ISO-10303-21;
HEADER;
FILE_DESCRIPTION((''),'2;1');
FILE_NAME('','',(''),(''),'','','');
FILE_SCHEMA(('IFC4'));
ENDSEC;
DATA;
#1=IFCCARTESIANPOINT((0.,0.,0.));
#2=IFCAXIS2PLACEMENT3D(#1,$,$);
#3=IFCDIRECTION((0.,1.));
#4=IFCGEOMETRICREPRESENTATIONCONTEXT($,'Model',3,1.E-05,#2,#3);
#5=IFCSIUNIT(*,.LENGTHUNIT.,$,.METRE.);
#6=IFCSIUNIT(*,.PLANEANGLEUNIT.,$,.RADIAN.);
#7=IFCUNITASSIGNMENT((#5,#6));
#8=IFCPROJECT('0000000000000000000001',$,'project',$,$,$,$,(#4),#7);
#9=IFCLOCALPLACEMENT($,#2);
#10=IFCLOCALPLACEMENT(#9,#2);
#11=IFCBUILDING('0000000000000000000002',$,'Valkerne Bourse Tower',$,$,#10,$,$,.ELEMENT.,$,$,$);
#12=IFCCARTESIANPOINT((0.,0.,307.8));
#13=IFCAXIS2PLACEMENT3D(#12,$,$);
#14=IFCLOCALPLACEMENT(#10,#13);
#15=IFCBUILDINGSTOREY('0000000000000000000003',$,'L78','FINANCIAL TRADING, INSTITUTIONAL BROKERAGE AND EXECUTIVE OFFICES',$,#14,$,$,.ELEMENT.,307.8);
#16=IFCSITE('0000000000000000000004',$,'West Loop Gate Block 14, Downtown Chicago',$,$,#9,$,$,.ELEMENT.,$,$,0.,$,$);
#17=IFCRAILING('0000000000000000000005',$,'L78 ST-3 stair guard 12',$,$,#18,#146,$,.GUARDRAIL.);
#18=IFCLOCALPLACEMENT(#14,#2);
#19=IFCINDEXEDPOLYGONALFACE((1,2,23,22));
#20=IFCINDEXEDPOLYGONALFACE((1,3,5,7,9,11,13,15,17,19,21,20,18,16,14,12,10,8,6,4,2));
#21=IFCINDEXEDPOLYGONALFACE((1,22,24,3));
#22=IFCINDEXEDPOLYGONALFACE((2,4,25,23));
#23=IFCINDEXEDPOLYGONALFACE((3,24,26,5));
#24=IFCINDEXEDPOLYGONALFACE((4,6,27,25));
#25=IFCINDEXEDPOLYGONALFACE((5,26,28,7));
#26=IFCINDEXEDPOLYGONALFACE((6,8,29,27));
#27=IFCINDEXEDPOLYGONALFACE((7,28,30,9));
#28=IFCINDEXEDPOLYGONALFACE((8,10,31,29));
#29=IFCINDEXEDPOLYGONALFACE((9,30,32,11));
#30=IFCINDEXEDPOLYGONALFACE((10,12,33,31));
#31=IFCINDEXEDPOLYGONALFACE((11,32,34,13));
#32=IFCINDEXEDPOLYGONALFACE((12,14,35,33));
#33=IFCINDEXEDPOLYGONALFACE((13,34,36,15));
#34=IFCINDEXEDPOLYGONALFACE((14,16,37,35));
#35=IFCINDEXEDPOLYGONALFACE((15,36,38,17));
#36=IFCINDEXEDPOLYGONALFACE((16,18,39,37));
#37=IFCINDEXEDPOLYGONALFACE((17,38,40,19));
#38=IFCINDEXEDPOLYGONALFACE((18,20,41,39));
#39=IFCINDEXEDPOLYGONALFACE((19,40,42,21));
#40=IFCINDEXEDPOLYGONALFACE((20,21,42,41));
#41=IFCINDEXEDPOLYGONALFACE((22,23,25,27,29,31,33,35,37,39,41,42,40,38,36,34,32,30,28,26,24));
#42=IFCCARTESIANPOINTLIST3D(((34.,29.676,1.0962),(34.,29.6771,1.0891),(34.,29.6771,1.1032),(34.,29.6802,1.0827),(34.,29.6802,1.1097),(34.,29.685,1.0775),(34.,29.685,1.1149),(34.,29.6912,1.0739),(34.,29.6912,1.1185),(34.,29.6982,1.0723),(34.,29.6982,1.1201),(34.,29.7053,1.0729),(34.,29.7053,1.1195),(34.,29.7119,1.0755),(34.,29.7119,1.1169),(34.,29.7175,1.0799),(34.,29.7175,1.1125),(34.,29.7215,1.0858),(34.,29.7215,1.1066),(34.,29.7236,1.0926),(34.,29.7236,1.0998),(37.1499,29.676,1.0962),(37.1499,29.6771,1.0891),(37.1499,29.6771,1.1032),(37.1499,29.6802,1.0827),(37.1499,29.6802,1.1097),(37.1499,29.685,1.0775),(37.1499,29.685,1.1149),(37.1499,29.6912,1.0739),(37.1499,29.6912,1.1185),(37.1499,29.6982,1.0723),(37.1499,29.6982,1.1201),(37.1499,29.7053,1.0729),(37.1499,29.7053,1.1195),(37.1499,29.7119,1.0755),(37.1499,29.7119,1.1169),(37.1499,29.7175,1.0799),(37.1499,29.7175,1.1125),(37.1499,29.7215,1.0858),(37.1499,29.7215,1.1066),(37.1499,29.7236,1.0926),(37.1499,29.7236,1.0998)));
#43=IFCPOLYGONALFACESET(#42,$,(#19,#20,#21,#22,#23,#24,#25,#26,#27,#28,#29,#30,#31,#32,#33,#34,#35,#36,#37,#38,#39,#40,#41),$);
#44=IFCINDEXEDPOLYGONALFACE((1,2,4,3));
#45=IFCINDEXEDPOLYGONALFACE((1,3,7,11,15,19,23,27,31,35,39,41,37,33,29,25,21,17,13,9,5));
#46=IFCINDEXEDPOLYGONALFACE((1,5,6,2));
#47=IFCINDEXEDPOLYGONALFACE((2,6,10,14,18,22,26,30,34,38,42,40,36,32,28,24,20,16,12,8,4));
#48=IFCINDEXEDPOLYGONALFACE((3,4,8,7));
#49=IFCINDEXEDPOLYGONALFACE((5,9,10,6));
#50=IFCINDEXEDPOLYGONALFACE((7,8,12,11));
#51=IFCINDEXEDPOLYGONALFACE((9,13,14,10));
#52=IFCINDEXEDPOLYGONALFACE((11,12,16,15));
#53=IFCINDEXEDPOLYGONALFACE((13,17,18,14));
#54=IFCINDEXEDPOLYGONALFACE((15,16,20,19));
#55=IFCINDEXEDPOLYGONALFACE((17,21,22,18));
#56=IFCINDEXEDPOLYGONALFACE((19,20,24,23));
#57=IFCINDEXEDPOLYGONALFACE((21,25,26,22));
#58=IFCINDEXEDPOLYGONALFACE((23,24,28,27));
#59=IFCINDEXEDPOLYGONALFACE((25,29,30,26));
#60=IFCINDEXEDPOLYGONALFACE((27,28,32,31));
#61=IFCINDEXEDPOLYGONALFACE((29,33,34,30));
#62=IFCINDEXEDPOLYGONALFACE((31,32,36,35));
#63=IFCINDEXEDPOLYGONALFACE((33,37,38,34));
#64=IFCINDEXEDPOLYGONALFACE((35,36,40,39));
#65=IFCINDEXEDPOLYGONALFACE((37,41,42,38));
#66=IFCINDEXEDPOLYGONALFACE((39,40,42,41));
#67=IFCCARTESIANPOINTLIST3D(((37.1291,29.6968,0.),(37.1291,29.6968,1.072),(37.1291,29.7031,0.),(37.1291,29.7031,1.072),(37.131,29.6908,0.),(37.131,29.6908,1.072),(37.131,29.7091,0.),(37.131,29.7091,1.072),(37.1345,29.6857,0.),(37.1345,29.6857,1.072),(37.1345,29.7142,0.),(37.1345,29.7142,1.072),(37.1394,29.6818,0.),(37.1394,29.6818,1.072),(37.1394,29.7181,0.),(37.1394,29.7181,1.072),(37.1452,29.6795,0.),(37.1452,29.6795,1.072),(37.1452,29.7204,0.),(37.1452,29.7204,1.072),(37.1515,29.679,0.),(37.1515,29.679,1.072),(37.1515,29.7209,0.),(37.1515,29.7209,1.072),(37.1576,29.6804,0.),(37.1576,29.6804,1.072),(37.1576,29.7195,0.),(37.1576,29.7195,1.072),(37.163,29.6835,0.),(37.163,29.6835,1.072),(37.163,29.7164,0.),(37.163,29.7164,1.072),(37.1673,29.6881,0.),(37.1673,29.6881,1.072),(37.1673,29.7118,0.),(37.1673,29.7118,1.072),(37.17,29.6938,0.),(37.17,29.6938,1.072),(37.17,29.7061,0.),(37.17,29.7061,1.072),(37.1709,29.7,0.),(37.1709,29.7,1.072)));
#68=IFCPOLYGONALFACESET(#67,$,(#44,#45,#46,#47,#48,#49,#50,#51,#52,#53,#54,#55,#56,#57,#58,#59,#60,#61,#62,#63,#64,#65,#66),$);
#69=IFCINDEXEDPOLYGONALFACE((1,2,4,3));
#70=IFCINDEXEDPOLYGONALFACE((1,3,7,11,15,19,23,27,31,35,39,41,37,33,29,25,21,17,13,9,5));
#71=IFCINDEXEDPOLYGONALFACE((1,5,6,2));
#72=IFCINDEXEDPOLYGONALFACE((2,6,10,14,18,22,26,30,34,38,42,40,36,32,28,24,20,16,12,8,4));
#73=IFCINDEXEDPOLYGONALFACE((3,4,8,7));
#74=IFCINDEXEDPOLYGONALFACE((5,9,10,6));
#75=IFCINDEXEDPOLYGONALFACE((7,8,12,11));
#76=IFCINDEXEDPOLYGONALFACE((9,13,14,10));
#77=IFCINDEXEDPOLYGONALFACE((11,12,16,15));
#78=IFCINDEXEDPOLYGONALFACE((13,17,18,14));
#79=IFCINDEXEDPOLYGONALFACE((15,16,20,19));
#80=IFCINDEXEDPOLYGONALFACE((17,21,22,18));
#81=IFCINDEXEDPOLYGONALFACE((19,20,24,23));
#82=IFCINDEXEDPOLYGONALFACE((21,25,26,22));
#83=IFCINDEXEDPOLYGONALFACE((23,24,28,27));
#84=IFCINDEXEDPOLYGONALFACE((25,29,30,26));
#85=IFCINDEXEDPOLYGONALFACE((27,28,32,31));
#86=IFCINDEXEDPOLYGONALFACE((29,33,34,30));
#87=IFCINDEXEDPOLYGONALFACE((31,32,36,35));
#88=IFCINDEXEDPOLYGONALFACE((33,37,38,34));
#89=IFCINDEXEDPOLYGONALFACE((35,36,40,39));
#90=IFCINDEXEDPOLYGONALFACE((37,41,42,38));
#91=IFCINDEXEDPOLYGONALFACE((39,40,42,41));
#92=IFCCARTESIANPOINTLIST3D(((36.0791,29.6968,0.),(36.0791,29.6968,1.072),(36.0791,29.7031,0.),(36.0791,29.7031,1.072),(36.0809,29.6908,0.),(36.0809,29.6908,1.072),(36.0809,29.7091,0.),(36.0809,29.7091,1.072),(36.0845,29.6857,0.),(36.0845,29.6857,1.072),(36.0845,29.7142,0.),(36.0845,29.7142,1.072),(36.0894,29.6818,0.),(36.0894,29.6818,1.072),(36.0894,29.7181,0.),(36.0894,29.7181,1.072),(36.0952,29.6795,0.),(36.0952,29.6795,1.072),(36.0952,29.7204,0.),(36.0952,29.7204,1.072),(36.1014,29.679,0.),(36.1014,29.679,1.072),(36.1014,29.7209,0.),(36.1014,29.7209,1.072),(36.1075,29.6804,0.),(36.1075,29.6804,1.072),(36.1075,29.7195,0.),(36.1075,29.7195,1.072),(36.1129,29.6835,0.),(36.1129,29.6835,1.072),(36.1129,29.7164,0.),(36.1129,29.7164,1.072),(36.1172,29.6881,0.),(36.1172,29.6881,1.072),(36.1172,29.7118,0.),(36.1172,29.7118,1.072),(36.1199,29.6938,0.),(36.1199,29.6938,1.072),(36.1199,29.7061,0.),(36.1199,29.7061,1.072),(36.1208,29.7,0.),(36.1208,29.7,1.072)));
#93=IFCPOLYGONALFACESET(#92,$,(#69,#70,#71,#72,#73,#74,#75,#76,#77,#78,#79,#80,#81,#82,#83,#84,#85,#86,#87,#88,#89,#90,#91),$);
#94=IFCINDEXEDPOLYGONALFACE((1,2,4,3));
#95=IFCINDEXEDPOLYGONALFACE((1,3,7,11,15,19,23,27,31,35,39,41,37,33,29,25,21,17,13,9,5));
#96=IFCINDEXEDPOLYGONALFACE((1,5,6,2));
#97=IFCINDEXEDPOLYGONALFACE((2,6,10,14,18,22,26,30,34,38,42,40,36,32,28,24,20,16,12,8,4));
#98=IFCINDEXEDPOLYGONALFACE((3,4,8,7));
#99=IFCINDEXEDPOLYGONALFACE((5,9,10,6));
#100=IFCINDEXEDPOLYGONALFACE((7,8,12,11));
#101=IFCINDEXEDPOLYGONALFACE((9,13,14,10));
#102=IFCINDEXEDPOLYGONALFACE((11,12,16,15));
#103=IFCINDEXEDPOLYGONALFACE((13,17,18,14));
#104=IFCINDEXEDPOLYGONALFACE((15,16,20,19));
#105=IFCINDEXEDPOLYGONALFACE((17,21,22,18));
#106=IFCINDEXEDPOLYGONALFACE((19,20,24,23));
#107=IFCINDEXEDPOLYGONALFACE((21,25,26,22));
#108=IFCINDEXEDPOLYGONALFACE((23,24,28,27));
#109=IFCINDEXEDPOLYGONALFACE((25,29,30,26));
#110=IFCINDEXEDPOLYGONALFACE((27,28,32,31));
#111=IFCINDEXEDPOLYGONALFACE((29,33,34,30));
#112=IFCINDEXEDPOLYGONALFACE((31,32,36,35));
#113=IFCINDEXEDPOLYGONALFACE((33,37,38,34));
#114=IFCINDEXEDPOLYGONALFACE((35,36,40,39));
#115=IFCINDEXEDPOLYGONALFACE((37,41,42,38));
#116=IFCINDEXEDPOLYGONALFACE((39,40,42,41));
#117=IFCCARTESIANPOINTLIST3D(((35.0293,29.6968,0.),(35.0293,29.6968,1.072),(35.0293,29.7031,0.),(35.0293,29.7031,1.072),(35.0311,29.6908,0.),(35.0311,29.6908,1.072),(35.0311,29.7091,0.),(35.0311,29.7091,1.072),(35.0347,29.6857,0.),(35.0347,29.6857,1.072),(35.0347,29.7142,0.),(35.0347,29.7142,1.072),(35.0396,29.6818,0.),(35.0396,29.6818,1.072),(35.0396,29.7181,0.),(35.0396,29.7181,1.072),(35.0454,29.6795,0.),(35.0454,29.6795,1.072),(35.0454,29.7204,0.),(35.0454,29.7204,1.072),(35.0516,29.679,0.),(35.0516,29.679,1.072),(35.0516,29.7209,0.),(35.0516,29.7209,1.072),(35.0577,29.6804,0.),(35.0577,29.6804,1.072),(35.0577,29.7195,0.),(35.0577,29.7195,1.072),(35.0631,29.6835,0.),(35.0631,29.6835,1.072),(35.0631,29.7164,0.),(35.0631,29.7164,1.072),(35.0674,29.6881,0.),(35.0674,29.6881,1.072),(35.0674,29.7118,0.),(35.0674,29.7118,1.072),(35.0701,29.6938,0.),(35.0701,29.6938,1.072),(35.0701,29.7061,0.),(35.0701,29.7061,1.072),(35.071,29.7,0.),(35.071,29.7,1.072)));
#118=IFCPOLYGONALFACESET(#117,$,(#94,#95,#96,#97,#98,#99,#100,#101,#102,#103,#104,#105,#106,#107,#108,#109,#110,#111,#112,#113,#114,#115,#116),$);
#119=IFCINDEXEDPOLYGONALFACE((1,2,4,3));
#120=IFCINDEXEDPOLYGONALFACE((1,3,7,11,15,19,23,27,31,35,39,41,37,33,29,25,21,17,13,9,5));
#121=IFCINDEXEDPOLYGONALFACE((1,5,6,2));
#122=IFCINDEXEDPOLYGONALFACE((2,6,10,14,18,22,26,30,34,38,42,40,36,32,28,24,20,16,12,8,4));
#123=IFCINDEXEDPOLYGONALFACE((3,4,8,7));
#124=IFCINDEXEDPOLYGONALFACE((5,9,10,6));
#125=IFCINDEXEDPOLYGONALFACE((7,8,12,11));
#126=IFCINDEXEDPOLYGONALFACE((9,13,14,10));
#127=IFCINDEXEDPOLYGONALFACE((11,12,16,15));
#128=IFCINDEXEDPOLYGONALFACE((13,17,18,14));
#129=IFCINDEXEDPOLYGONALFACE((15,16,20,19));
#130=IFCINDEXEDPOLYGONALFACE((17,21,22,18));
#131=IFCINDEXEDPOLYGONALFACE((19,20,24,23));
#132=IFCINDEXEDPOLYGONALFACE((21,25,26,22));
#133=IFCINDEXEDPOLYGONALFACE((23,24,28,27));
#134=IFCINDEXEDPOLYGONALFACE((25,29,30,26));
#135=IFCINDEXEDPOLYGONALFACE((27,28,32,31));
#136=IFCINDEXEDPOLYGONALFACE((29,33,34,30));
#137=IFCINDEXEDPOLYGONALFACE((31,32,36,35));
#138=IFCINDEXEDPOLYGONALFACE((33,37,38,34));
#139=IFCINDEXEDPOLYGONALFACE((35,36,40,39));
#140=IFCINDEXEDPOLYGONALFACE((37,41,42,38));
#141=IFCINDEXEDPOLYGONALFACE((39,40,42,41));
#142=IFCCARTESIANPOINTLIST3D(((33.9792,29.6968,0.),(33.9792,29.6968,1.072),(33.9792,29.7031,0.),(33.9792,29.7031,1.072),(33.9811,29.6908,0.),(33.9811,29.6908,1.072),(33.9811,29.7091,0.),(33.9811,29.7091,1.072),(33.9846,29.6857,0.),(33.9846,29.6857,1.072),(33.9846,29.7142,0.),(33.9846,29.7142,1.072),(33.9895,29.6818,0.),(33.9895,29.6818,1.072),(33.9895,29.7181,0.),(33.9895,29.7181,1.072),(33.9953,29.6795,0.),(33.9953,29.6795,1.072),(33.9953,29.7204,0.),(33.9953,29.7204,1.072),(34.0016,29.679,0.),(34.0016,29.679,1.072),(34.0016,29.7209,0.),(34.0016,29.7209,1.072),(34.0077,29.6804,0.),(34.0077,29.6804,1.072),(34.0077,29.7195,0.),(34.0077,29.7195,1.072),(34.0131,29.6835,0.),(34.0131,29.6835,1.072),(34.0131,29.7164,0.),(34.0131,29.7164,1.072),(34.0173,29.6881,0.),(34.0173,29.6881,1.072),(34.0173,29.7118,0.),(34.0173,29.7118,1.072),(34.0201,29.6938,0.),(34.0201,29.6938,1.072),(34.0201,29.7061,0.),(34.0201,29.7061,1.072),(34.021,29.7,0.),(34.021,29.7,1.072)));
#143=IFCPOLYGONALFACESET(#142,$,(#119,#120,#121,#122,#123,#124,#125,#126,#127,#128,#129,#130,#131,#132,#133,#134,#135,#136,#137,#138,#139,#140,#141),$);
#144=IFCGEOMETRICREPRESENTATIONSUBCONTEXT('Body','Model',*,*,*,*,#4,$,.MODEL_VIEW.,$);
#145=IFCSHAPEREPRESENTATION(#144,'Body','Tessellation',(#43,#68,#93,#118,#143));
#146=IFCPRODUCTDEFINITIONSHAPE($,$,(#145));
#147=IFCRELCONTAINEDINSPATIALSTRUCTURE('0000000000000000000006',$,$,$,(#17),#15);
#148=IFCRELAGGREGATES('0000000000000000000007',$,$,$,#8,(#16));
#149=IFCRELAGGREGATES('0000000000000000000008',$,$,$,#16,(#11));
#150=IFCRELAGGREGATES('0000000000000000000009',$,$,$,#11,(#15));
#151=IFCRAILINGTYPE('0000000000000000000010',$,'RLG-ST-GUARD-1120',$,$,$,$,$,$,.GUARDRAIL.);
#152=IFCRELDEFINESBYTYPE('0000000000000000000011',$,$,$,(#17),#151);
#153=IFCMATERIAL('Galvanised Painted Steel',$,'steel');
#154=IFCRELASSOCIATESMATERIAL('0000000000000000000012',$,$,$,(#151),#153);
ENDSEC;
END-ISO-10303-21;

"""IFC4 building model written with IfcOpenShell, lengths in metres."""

from ifc_helpers import new_model, si_unit, direction, frame, origin, origin_2d, place, context, subcontext, project, spatial, circle, extrude, material, type_object, element, save


model = new_model("IFC4")

# Units and contexts
model_context = context("Model", 3, precision=1e-05, world=origin(), true_north=direction((0.0, 1.0)))
body_context = subcontext(model_context, "Body", "Model", "MODEL_VIEW")
ifc_project = project(units=[si_unit("LENGTHUNIT", "METRE"), si_unit("PLANEANGLEUNIT", "RADIAN")], contexts=[model_context])

# Site, building, storey
site_placement = place(None, origin())
site = spatial("IfcSite", under=ifc_project, at=site_placement, Name="West Loop Gate Block 14, Downtown Chicago", CompositionType="ELEMENT", RefElevation=0.0)
building_placement = place(site_placement, origin())
building = spatial("IfcBuilding", under=site, at=building_placement, Name="Valkerne Bourse Tower", CompositionType="ELEMENT")
storey_placement = place(building_placement, frame((0.0, 0.0, 307.8)))
storey = spatial("IfcBuildingStorey", under=building, at=storey_placement, Name="L78", Description="FINANCIAL TRADING, INSTITUTIONAL BROKERAGE AND EXECUTIVE OFFICES", CompositionType="ELEMENT", Elevation=307.8)

# Shared definitions
ifc_material_1 = material(Name="Galvanised Painted Steel", Category="steel")

# Railing
railing_type = type_object("IfcRailingType", Name="RLG-ST-GUARD-1120", PredefinedType="GUARDRAIL", material=ifc_material_1)
railing_1_placement = place(storey_placement, frame((37.1499, 29.7, 0.0)))
element("IfcRailing", 1, at=railing_1_placement, inside=storey, type_object=railing_type, Name="L78 ST-3 stair guard 12", PredefinedType="GUARDRAIL", context=body_context, shape_type="SweptSolid", body=[
    extrude(circle(Radius=0.0239, at=origin_2d()), frame((0.0, 0.0, 1.0962), z_axis=(-1.0, 0.0, 0.0), x_axis=(0.0, -1.0, 0.0)), (0.0, 0.0, 1.0), 3.1499),
    extrude(circle(Radius=0.021, at=origin_2d()), origin(), (0.0, 0.0, 1.0), 1.072),
    extrude(circle(Radius=0.021, at=origin_2d()), frame((-1.05, 0.0, 0.0)), (0.0, 0.0, 1.0), 1.072),
    extrude(circle(Radius=0.021, at=origin_2d()), frame((-2.0999, 0.0, 0.0)), (0.0, 0.0, 1.0), 1.072),
    extrude(circle(Radius=0.021, at=origin_2d()), frame((-3.1499, 0.0, 0.0)), (0.0, 0.0, 1.0), 1.072),
])

save(model, "model.ifc")
